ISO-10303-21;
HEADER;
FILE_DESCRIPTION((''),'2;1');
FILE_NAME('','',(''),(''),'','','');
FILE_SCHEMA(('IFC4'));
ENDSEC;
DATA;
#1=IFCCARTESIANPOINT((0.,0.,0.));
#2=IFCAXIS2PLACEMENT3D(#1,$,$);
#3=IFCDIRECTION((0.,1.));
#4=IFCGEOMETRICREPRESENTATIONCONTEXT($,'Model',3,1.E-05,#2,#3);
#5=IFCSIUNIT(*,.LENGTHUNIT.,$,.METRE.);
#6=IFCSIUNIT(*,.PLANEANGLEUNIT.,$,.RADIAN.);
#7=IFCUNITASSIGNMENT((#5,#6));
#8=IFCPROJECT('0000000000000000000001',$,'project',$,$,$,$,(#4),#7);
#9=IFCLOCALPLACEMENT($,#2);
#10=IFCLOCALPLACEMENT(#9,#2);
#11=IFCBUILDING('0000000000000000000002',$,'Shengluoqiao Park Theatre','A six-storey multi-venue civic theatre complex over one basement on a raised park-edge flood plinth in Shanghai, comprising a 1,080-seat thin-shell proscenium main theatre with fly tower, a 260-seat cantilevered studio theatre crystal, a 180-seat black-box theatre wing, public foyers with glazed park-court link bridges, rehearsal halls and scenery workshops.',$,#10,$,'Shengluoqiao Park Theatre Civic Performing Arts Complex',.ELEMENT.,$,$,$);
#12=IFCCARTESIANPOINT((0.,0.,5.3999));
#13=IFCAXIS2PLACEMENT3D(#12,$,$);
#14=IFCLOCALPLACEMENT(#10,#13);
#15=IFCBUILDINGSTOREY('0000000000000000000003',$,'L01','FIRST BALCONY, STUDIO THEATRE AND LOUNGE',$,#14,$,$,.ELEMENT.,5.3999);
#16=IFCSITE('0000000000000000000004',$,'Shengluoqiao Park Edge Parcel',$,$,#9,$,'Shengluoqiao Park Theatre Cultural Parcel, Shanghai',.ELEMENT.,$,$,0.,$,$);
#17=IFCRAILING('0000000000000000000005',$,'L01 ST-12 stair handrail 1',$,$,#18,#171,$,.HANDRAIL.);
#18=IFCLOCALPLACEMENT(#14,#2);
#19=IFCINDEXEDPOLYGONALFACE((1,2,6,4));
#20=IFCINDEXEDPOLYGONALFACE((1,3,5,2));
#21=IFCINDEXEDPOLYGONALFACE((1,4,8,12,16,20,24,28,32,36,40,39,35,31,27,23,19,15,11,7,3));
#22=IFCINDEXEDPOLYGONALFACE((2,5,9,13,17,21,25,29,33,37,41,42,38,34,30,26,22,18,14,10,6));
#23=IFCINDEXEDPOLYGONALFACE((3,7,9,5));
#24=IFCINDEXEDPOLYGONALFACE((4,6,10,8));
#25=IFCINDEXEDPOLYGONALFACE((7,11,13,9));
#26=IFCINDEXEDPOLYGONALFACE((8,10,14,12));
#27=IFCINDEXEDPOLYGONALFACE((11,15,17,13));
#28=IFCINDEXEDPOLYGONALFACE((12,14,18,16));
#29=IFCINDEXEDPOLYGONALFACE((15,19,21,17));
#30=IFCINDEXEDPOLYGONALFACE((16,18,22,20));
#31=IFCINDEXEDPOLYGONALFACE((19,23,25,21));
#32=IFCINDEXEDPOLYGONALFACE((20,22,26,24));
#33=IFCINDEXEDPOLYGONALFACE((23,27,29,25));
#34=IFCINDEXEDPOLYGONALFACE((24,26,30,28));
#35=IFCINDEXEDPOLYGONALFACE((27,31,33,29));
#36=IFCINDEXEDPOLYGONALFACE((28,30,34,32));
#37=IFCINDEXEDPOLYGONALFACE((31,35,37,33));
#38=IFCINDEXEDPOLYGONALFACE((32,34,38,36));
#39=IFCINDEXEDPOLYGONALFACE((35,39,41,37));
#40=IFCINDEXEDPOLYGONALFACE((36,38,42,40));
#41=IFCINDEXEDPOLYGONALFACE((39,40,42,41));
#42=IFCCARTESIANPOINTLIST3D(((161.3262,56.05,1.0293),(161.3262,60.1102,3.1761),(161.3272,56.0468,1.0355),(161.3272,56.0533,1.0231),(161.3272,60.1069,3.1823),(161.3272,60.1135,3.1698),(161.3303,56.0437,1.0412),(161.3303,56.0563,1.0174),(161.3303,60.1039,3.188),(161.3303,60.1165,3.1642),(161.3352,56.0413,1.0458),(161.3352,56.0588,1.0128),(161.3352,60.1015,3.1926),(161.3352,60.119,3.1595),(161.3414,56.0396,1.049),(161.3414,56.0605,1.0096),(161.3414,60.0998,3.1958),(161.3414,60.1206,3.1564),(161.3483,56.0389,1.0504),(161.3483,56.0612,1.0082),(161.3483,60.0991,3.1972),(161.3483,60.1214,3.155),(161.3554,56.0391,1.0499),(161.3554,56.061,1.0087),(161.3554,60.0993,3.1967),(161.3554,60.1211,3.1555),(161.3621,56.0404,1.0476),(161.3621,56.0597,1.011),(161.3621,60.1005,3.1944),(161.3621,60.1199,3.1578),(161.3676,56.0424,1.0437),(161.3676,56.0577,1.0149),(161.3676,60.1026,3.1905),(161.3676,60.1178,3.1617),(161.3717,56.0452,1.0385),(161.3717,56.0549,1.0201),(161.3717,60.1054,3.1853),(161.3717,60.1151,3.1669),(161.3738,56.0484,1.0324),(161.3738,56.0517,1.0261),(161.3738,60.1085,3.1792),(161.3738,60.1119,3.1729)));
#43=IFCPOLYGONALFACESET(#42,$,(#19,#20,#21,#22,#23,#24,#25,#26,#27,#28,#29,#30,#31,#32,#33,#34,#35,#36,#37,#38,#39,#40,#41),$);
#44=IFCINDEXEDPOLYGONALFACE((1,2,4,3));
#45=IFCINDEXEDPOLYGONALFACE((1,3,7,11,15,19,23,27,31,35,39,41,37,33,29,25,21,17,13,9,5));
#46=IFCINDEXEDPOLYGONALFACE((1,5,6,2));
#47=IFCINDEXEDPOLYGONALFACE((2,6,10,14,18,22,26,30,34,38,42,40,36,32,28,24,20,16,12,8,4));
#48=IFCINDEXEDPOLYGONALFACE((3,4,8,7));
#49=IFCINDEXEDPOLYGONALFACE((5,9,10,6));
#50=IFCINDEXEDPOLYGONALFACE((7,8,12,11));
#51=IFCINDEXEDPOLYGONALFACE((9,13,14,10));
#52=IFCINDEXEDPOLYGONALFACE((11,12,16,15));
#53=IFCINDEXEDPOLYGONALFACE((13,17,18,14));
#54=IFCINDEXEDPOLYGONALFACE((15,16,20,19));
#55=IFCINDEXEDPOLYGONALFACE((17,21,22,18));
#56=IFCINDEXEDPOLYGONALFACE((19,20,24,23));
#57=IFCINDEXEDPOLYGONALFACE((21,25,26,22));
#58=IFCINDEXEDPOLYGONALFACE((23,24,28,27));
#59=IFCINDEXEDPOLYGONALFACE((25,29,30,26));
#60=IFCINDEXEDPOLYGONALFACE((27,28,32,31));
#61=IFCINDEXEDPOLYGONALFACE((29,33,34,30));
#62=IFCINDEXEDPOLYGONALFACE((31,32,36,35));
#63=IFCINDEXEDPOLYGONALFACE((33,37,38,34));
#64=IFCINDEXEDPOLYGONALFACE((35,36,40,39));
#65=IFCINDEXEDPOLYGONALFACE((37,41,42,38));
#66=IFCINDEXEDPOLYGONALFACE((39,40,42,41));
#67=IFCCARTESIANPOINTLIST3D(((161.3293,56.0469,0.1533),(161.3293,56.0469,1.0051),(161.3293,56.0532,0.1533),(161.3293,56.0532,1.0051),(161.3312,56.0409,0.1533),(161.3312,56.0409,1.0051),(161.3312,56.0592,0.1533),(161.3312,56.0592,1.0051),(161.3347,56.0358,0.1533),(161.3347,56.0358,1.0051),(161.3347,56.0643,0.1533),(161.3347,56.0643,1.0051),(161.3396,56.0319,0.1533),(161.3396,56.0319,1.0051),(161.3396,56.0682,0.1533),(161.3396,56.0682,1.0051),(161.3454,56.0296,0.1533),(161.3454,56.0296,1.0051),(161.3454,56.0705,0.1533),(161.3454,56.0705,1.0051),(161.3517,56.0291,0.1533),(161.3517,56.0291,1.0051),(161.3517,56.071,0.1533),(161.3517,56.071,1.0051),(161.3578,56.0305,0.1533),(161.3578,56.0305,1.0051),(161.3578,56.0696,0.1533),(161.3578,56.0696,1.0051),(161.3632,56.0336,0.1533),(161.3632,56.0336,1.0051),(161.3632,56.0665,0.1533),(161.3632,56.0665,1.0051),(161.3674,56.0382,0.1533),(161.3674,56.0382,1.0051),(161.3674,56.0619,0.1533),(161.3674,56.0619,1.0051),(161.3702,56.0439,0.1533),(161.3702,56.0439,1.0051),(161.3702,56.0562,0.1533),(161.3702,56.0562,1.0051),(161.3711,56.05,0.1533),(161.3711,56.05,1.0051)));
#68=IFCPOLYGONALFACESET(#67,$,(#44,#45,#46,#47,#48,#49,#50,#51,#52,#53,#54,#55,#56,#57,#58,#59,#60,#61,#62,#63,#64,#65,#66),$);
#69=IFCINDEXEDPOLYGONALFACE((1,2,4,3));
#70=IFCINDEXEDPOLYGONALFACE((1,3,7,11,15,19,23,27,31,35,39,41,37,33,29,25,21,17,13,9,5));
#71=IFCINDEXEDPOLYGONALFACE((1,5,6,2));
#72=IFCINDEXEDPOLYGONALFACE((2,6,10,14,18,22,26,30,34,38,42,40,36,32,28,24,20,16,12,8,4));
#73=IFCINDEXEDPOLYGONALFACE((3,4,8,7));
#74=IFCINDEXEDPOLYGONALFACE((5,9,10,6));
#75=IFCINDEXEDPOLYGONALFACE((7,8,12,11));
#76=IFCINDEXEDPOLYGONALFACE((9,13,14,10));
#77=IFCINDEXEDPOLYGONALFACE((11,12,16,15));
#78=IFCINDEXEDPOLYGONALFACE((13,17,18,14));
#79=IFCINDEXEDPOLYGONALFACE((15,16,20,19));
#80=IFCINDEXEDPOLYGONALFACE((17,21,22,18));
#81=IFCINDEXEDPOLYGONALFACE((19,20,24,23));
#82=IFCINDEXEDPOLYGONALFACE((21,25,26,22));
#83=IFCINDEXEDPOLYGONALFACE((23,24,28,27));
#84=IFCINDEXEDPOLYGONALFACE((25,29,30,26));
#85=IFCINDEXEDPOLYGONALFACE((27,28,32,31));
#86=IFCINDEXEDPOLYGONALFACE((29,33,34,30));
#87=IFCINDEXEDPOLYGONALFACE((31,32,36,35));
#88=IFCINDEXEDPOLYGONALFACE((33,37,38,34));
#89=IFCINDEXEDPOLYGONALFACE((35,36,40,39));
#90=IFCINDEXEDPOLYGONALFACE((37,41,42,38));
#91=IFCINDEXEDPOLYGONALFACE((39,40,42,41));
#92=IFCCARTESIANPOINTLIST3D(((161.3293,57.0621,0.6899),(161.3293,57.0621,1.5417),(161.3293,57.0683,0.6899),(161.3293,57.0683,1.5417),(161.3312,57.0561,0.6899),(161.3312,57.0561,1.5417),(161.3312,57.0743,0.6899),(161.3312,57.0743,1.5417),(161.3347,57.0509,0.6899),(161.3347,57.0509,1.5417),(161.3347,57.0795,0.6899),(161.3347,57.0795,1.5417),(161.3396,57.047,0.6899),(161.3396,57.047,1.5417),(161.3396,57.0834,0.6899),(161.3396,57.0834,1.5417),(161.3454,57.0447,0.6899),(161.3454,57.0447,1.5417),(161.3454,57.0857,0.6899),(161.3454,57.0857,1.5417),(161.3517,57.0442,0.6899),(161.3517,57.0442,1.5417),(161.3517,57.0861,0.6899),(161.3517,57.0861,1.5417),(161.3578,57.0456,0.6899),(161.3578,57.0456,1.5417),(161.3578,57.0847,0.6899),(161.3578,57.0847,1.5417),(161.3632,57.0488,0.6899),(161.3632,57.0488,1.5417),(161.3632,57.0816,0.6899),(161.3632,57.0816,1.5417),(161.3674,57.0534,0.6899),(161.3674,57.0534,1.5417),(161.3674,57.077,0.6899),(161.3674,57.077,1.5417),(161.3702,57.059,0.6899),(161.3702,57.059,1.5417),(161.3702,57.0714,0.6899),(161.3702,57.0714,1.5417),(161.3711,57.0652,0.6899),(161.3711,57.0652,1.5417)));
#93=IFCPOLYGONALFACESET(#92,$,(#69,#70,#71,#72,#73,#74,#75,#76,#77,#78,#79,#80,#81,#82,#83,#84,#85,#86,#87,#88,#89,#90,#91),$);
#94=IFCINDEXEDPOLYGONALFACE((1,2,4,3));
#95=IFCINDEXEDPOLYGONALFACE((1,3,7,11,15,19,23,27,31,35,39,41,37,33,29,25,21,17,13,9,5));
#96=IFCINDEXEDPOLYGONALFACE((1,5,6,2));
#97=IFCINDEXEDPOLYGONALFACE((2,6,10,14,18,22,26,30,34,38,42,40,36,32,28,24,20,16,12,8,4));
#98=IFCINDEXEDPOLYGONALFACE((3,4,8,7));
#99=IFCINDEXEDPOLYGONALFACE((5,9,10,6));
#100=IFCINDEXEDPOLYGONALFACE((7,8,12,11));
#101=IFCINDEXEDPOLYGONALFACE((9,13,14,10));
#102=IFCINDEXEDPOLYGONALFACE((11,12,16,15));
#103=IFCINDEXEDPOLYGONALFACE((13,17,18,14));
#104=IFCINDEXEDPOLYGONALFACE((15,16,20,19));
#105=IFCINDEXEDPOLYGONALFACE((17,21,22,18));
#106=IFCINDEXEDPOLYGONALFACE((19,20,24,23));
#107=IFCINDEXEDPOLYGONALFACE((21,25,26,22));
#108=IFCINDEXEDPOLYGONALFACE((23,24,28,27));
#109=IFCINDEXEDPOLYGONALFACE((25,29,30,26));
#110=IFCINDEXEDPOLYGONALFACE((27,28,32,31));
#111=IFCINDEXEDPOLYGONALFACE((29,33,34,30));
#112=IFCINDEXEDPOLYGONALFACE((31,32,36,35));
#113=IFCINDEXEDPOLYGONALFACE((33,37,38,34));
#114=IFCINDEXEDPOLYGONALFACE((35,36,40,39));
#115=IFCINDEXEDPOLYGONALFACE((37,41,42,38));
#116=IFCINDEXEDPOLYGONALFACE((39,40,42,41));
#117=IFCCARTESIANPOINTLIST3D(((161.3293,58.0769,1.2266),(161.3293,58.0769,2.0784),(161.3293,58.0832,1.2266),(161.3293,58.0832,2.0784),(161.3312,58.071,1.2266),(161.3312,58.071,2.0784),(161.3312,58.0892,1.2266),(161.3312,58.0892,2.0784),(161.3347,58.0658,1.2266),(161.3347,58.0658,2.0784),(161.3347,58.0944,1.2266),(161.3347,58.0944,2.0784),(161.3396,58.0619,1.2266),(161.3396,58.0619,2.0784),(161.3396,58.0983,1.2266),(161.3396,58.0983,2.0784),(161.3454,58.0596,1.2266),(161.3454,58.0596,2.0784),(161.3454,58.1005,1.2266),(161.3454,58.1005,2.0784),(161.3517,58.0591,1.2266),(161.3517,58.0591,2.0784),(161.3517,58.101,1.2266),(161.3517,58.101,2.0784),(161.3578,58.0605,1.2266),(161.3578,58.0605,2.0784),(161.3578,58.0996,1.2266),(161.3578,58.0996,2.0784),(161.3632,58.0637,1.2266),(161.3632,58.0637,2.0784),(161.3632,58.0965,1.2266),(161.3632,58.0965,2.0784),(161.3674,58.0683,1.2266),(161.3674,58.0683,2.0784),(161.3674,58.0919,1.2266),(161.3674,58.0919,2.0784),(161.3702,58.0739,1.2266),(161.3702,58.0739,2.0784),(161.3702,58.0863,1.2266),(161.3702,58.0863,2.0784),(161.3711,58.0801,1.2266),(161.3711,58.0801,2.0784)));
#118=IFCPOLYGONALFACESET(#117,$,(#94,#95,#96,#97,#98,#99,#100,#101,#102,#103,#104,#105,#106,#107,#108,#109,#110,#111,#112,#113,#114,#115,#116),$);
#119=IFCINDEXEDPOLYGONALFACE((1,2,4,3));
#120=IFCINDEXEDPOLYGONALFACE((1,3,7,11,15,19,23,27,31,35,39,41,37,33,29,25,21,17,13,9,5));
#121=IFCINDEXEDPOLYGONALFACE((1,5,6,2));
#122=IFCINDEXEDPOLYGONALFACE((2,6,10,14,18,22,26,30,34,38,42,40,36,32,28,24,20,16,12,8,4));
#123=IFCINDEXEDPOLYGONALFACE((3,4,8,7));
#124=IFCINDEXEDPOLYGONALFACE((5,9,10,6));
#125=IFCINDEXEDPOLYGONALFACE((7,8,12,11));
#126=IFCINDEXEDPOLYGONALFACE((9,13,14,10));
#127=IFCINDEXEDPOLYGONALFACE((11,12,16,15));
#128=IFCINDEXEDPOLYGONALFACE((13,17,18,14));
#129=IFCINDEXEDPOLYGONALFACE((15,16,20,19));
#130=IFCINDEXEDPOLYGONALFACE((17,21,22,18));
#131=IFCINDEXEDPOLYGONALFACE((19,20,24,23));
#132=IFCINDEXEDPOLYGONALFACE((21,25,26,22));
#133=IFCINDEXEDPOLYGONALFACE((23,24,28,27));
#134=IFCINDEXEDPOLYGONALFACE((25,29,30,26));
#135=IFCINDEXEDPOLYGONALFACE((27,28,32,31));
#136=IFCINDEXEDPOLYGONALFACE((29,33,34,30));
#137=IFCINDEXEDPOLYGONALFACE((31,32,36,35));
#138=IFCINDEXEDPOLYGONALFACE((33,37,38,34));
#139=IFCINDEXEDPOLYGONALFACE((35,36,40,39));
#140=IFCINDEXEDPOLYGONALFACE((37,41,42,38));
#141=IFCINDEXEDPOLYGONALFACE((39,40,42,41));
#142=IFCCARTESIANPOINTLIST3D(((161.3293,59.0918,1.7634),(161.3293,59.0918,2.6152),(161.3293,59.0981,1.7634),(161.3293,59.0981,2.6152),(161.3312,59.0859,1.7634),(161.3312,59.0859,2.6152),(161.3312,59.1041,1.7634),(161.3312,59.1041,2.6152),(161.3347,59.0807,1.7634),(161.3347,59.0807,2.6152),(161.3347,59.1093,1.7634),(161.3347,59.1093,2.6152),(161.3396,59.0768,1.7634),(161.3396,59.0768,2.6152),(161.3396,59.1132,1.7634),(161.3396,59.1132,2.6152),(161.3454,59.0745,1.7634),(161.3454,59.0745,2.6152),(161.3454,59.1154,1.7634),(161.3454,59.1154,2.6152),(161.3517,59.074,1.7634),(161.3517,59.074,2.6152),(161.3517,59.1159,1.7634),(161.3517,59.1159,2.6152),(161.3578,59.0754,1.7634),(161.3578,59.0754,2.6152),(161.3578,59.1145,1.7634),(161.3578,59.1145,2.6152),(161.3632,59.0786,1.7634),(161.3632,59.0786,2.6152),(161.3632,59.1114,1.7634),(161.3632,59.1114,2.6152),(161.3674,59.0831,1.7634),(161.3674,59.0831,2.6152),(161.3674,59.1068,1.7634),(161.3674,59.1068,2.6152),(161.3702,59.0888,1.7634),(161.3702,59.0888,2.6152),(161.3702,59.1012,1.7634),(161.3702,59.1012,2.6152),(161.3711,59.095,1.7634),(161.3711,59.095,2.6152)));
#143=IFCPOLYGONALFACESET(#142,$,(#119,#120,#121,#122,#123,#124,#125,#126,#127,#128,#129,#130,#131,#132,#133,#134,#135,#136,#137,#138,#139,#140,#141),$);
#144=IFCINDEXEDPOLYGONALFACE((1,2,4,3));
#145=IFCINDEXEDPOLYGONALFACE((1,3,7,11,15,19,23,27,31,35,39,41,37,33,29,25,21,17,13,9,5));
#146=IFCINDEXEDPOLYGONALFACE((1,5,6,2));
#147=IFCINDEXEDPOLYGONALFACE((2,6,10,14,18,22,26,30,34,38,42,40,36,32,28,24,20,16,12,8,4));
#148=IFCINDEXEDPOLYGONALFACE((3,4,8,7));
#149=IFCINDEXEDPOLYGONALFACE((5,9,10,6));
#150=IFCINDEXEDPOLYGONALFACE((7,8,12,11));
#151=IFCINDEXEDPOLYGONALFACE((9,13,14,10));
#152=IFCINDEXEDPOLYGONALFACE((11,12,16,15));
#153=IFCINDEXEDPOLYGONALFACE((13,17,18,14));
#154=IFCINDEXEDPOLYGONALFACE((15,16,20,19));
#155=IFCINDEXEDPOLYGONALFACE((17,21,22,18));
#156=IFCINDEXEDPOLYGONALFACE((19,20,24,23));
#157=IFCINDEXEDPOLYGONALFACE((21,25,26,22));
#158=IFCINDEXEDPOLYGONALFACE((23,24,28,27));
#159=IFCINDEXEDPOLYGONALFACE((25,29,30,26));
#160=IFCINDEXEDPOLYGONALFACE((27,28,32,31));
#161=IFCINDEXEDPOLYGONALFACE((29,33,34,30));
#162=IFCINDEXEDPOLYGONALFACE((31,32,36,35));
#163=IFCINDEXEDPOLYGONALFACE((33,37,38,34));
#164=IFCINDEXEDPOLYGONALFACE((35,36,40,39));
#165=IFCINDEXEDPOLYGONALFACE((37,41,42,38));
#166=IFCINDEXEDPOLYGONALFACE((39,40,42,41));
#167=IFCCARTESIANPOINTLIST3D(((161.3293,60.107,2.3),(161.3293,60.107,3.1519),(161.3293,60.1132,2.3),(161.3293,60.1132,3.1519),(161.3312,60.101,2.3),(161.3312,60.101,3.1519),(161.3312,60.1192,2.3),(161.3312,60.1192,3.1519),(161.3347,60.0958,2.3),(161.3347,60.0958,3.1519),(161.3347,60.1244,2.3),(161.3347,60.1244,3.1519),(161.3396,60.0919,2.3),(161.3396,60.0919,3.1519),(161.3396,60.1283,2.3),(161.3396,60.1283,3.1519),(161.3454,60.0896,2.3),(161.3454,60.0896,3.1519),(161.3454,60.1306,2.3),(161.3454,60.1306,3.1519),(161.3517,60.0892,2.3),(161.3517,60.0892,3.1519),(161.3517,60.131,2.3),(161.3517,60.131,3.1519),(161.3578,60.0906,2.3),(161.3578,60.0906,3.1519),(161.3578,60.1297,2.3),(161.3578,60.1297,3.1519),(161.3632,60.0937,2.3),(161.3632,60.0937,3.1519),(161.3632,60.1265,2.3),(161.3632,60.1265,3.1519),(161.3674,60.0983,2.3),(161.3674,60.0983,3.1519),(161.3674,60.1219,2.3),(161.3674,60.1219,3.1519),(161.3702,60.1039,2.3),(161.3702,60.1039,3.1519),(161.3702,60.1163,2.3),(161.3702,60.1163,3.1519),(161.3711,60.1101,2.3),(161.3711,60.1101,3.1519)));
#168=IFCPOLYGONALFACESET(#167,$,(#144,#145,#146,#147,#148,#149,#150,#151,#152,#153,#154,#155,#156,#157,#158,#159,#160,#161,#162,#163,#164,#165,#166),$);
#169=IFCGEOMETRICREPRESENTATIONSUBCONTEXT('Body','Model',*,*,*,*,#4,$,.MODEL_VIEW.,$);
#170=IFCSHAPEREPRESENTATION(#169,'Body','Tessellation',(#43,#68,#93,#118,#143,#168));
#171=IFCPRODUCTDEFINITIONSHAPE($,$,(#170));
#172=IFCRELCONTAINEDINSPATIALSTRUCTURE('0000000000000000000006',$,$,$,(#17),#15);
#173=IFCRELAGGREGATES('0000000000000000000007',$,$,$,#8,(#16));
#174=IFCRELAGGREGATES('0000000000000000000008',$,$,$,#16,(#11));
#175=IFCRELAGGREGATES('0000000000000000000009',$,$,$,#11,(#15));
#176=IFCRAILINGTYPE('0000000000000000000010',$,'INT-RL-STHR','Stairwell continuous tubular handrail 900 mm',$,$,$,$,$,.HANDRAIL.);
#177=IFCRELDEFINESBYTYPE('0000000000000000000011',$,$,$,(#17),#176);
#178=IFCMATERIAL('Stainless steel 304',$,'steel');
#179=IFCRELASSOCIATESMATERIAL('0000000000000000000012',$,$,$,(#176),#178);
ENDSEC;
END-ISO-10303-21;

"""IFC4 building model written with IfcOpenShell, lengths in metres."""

from ifc_helpers import new_model, si_unit, direction, frame, origin, origin_2d, place, context, subcontext, project, spatial, circle, extrude, material, type_object, element, save


model = new_model("IFC4")

# Units and contexts
model_context = context("Model", 3, precision=1e-05, world=origin(), true_north=direction((0.0, 1.0)))
body_context = subcontext(model_context, "Body", "Model", "MODEL_VIEW")
ifc_project = project(units=[si_unit("LENGTHUNIT", "METRE"), si_unit("PLANEANGLEUNIT", "RADIAN")], contexts=[model_context])

# Site, building, storey
site_placement = place(None, origin())
site = spatial("IfcSite", under=ifc_project, at=site_placement, Name="Shengluoqiao Park Edge Parcel", LongName="Shengluoqiao Park Theatre Cultural Parcel, Shanghai", CompositionType="ELEMENT", RefElevation=0.0)
building_placement = place(site_placement, origin())
building = spatial("IfcBuilding", under=site, at=building_placement, Name="Shengluoqiao Park Theatre", Description="A six-storey multi-venue civic theatre complex over one basement on a raised park-edge flood plinth in Shanghai, comprising a 1,080-seat thin-shell proscenium main theatre with fly tower, a 260-seat cantilevered studio theatre crystal, a 180-seat black-box theatre wing, public foyers with glazed park-court link bridges, rehearsal halls and scenery workshops.", LongName="Shengluoqiao Park Theatre Civic Performing Arts Complex", CompositionType="ELEMENT")
storey_placement = place(building_placement, frame((0.0, 0.0, 5.3999)))
storey = spatial("IfcBuildingStorey", under=building, at=storey_placement, Name="L01", Description="FIRST BALCONY, STUDIO THEATRE AND LOUNGE", CompositionType="ELEMENT", Elevation=5.3999)

# Railing
ifc_material_1 = material(Name="Stainless steel 304", Category="steel")
railing_type_1 = type_object("IfcRailingType", Name="INT-RL-STHR", Description="Stairwell continuous tubular handrail 900 mm", PredefinedType="HANDRAIL", material=ifc_material_1)
railing_1_placement = place(storey_placement, frame((161.3501, 56.05, 0.1533)))
element("IfcRailing", 1, at=railing_1_placement, inside=storey, type_object=railing_type_1, Name="L01 ST-12 stair handrail 1", PredefinedType="HANDRAIL", context=body_context, shape_type="SweptSolid", body=[
    extrude(circle(Radius=0.0239, at=origin_2d()), frame((0.0, 0.0, 0.876), z_axis=(0.0, 0.884032, 0.467426), x_axis=(-1.0, 0.0, 0.0)), (0.0, 0.0, 1.0), 4.5928),
    extrude(circle(Radius=0.021, at=origin_2d()), origin(), (0.0, 0.0, 1.0), 0.8518),
    extrude(circle(Radius=0.021, at=origin_2d()), frame((0.0, 1.0151, 0.5366)), (0.0, 0.0, 1.0), 0.8518),
    extrude(circle(Radius=0.021, at=origin_2d()), frame((0.0, 2.03, 1.0732)), (0.0, 0.0, 1.0), 0.8518),
    extrude(circle(Radius=0.021, at=origin_2d()), frame((0.0, 3.0449, 1.6101)), (0.0, 0.0, 1.0), 0.8518),
    extrude(circle(Radius=0.021, at=origin_2d()), frame((0.0, 4.0601, 2.1467)), (0.0, 0.0, 1.0), 0.8518),
])

save(model, "model.ifc")
